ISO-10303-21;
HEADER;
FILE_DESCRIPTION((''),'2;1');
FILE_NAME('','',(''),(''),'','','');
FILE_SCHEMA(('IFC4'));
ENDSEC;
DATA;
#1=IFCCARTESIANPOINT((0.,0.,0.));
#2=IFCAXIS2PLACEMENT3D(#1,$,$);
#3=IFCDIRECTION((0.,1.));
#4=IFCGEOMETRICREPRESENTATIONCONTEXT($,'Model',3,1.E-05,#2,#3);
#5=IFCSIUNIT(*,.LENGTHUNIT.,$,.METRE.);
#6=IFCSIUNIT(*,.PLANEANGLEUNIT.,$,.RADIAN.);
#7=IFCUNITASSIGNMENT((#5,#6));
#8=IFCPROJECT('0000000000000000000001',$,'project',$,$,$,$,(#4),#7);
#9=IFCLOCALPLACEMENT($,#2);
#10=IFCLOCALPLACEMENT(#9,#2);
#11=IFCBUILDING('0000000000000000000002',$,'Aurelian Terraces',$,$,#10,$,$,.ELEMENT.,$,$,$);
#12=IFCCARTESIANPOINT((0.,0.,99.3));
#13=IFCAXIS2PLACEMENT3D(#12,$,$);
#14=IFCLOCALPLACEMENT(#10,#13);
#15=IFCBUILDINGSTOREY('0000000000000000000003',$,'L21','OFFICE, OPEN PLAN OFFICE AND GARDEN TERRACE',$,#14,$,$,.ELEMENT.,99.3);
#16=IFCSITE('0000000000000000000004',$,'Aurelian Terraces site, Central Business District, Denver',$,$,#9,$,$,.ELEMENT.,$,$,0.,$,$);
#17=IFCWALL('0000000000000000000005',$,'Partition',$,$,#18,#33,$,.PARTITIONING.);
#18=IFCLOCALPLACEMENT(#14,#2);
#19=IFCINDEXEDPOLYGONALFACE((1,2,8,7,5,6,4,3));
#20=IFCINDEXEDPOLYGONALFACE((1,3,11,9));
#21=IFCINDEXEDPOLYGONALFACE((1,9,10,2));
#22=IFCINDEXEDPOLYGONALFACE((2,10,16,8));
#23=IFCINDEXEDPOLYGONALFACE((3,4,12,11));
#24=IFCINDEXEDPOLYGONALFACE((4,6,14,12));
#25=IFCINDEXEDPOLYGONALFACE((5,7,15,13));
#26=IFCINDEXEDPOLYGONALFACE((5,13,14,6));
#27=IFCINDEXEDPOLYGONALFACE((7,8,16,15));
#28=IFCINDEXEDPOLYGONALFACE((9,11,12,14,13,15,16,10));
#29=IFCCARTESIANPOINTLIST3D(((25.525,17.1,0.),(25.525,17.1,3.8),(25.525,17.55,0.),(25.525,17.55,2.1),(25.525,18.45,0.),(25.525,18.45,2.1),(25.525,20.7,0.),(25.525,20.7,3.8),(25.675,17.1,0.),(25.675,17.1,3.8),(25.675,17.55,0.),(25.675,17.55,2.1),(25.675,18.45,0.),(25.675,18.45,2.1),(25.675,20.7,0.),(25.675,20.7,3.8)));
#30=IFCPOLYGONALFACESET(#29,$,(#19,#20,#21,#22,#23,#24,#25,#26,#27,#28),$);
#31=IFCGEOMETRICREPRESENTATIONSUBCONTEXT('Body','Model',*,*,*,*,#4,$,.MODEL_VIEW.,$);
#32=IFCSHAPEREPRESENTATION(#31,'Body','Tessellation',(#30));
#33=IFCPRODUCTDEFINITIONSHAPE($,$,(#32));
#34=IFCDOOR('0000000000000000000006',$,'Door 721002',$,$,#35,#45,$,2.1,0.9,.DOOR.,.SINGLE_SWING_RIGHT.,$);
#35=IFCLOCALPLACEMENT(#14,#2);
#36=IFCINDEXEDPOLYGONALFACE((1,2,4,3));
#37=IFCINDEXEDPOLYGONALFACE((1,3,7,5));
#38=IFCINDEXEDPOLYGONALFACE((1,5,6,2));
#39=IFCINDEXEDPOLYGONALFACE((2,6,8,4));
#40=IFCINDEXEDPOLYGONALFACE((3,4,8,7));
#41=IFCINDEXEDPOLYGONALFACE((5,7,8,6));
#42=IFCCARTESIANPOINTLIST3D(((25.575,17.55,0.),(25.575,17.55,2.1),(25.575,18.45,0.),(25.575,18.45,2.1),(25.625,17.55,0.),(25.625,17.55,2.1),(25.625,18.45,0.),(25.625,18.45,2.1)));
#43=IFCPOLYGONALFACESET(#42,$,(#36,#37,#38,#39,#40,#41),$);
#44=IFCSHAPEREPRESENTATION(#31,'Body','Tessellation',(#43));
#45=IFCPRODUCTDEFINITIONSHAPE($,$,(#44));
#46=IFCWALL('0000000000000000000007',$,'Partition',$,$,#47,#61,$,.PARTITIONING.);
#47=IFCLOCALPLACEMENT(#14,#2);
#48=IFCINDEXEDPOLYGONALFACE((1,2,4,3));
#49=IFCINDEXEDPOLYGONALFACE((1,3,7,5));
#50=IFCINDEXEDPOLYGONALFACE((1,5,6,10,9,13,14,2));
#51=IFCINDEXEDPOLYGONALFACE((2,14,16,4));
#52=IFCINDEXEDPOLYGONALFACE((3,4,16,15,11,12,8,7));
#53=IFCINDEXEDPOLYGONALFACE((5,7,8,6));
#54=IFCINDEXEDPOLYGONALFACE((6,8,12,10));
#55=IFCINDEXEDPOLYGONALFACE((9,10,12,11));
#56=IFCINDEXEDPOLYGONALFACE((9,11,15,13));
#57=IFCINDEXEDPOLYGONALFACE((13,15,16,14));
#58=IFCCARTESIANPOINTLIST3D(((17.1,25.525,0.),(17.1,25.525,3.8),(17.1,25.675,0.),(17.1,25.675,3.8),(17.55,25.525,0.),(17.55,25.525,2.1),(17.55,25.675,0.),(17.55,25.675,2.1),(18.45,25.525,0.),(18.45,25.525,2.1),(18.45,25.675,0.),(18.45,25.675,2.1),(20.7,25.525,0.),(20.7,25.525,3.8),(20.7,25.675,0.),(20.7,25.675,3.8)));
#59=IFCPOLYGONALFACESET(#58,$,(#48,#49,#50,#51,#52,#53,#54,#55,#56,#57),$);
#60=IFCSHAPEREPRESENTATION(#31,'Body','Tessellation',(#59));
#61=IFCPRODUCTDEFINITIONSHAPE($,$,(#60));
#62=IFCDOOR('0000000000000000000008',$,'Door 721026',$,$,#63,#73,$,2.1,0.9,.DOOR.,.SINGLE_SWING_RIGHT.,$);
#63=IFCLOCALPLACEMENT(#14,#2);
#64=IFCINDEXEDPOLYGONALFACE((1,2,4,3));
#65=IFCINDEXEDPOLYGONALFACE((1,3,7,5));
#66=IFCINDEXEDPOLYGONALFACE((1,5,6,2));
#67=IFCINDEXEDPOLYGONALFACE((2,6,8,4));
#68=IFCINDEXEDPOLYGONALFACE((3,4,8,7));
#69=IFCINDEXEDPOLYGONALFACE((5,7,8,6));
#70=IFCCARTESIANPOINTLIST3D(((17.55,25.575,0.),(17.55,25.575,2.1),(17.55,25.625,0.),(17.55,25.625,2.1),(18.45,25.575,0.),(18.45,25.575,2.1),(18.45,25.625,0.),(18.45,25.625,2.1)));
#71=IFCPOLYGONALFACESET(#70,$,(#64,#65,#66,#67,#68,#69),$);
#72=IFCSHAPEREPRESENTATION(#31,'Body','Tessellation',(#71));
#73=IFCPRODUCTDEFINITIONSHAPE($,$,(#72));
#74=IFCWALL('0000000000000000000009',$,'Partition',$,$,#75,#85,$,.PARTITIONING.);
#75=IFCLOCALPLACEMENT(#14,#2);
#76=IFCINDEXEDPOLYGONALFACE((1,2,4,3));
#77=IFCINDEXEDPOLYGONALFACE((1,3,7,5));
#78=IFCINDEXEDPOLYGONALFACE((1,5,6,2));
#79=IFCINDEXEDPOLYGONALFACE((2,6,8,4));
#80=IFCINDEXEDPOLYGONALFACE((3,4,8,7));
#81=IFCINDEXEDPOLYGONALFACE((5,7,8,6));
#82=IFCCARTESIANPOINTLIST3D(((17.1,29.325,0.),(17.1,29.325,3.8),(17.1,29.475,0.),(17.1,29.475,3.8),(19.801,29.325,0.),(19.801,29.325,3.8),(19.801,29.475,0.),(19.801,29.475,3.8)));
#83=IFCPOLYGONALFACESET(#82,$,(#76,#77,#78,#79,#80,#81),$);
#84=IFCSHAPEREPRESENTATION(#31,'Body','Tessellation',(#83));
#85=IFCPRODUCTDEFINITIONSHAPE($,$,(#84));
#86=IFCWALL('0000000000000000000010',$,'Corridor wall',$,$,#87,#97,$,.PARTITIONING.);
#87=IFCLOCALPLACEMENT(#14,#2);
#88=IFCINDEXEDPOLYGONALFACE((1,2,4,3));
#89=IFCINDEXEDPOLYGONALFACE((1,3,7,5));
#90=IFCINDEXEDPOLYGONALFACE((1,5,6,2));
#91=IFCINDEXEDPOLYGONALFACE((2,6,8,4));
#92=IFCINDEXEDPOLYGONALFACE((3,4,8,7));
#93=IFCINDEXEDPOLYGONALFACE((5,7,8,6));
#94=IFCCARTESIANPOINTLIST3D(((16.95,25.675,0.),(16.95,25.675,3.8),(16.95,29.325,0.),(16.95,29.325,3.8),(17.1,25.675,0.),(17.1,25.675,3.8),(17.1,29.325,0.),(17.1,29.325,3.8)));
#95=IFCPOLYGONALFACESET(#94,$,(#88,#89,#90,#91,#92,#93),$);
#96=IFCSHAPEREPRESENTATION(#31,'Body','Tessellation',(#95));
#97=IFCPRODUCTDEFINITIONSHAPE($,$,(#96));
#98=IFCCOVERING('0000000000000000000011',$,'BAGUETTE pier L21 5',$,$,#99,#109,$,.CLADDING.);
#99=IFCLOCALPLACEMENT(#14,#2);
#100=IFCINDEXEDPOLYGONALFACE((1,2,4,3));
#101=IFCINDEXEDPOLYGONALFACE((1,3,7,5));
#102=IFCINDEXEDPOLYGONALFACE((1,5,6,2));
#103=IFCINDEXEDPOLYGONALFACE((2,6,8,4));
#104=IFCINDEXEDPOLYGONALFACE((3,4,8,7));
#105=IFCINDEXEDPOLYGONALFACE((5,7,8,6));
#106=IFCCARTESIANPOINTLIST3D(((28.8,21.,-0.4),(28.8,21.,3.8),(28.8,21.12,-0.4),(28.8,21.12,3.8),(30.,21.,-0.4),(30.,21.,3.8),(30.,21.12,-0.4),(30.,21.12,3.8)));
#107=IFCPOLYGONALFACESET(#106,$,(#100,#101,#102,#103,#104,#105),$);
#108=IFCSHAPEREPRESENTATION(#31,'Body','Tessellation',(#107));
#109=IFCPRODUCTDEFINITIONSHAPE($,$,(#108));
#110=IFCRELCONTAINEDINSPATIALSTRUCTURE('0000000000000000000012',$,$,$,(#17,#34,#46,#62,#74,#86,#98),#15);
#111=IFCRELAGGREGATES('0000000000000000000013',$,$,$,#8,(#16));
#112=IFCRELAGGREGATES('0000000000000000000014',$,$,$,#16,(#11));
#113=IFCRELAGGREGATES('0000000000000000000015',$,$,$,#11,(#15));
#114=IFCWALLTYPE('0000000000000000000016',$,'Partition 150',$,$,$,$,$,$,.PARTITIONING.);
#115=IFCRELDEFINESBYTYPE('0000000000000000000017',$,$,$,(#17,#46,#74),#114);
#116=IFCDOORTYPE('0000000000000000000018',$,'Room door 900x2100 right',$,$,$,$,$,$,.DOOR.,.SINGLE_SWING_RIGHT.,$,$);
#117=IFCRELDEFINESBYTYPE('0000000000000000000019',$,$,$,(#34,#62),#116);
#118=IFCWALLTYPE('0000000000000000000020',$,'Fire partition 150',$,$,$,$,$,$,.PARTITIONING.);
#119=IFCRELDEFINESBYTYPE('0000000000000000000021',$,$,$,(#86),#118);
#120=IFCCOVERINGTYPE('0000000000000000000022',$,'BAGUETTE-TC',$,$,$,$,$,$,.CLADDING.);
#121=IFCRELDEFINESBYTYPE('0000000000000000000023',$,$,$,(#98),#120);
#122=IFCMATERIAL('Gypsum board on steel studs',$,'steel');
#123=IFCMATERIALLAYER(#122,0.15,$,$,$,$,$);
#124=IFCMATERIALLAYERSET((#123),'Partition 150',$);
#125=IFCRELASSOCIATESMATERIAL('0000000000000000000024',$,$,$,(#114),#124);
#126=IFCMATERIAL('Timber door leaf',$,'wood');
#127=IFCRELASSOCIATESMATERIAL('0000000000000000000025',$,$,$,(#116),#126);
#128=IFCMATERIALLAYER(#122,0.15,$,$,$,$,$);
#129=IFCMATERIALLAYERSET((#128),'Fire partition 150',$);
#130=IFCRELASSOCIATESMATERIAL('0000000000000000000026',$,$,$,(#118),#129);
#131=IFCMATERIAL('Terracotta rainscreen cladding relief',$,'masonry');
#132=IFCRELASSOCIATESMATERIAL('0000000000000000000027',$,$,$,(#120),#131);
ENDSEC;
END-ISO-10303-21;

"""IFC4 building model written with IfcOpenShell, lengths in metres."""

from ifc_helpers import new_model, si_unit, direction, frame, frame_2d, origin, origin_2d, place, context, subcontext, project, spatial, rectangle, extrude, source, transform, mapped, material, layer, layer_set, type_object, element, fill, save


model = new_model("IFC4")

# Units and contexts
model_context = context("Model", 3, precision=1e-05, world=origin(), true_north=direction((0.0, 1.0)))
body_context = subcontext(model_context, "Body", "Model", "MODEL_VIEW")
ifc_project = project(units=[si_unit("LENGTHUNIT", "METRE"), si_unit("PLANEANGLEUNIT", "RADIAN")], contexts=[model_context])

# Site, building, storey
site_placement = place(None, origin())
site = spatial("IfcSite", under=ifc_project, at=site_placement, Name="Aurelian Terraces site, Central Business District, Denver", CompositionType="ELEMENT", RefElevation=0.0)
building_placement = place(site_placement, origin())
building = spatial("IfcBuilding", under=site, at=building_placement, Name="Aurelian Terraces", CompositionType="ELEMENT")
storey_placement = place(building_placement, frame((0.0, 0.0, 99.3)))
storey = spatial("IfcBuildingStorey", under=building, at=storey_placement, Name="L21", Description="OFFICE, OPEN PLAN OFFICE AND GARDEN TERRACE", CompositionType="ELEMENT", Elevation=99.3)

# Walls, openings, doors
ifc_material_1 = material(Name="Gypsum board on steel studs", Category="steel")
ifc_layer_1 = layer(ifc_material_1, 0.15)
ifc_layer_set_1 = layer_set([ifc_layer_1], Name="Partition 150")
wall_type_1 = type_object("IfcWallType", Name="Partition 150", PredefinedType="PARTITIONING", material=ifc_layer_set_1)
shared_shape_1 = source(origin(), body_context, "Body", "SweptSolid", [
    extrude(rectangle(XDim=3.6, YDim=0.15, at=frame_2d((1.8, 0.0))), origin(), (0.0, 0.0, 1.0), 3.8),
])
wall_1_placement = place(storey_placement, frame((25.6, 20.7, 0.0), z_axis=(0.0, 0.0, 1.0), x_axis=(0.0, -1.0, 0.0)))
wall_1 = element("IfcWall", 1, at=wall_1_placement, inside=storey, type_object=wall_type_1, Name="Partition", PredefinedType="PARTITIONING", context=body_context, shape_type="MappedRepresentation", body=[
    mapped(shared_shape_1, transform((0.0, 0.0, 0.0), scale=1.0)),
])
shared_shape_2 = source(origin(), body_context, "Body", "SweptSolid", [
    extrude(rectangle(XDim=0.9, YDim=2.1, at=frame_2d((0.45, 1.05))), frame((0.0, 0.085, 0.0), z_axis=(0.0, -1.0, 0.0), x_axis=(1.0, 0.0, 0.0)), (0.0, 0.0, 1.0), 0.17),
])
opening_1_placement = place(wall_1_placement, frame((2.25, 0.0, 0.0)))
opening_1 = element("IfcOpeningElement", 2, at=opening_1_placement, cuts=wall_1, PredefinedType="OPENING", context=body_context, shape_type="MappedRepresentation", body=[
    mapped(shared_shape_2, transform((0.0, 0.0, 0.0), scale=1.0)),
])
ifc_material_2 = material(Name="Timber door leaf", Category="wood")
door_type = type_object("IfcDoorType", Name="Room door 900x2100 right", OperationType="SINGLE_SWING_RIGHT", PredefinedType="DOOR", material=ifc_material_2)
shared_shape_3 = source(origin(), body_context, "Body", "SweptSolid", [
    extrude(rectangle(XDim=0.9, YDim=2.1, at=frame_2d((0.45, 1.05))), frame((0.0, 0.025, 0.0), z_axis=(0.0, -1.0, 0.0), x_axis=(1.0, 0.0, 0.0)), (0.0, 0.0, 1.0), 0.05),
])
door_1_placement = place(opening_1_placement, origin())
door_1 = element("IfcDoor", 3, at=door_1_placement, inside=storey, type_object=door_type, Name="Door 721002", OperationType="SINGLE_SWING_RIGHT", OverallHeight=2.1, OverallWidth=0.9, PredefinedType="DOOR", context=body_context, shape_type="MappedRepresentation", body=[
    mapped(shared_shape_3, transform((0.0, 0.0, 0.0), scale=1.0)),
])
fill(opening_1, door_1)
wall_2_placement = place(storey_placement, frame((17.1, 25.6, 0.0), z_axis=(0.0, 0.0, 1.0), x_axis=(1.0, 0.0, 0.0)))
wall_2 = element("IfcWall", 4, at=wall_2_placement, inside=storey, type_object=wall_type_1, Name="Partition", PredefinedType="PARTITIONING", context=body_context, shape_type="MappedRepresentation", body=[
    mapped(shared_shape_1, transform((0.0, 0.0, 0.0), scale=1.0)),
])
opening_2_placement = place(wall_2_placement, frame((0.45, 0.0, 0.0)))
opening_2 = element("IfcOpeningElement", 5, at=opening_2_placement, cuts=wall_2, PredefinedType="OPENING", context=body_context, shape_type="MappedRepresentation", body=[
    mapped(shared_shape_2, transform((0.0, 0.0, 0.0), scale=1.0)),
])
door_2_placement = place(opening_2_placement, origin())
door_2 = element("IfcDoor", 6, at=door_2_placement, inside=storey, type_object=door_type, Name="Door 721026", OperationType="SINGLE_SWING_RIGHT", OverallHeight=2.1, OverallWidth=0.9, PredefinedType="DOOR", context=body_context, shape_type="MappedRepresentation", body=[
    mapped(shared_shape_3, transform((0.0, 0.0, 0.0), scale=1.0)),
])
fill(opening_2, door_2)

# Walls
shared_shape_4 = source(origin(), body_context, "Body", "SweptSolid", [
    extrude(rectangle(XDim=2.701, YDim=0.15, at=frame_2d((1.3505, 0.0))), origin(), (0.0, 0.0, 1.0), 3.8),
])
wall_3_placement = place(storey_placement, frame((19.801, 29.4, 0.0), z_axis=(0.0, 0.0, 1.0), x_axis=(-1.0, 0.0, 0.0)))
element("IfcWall", 7, at=wall_3_placement, inside=storey, type_object=wall_type_1, Name="Partition", PredefinedType="PARTITIONING", context=body_context, shape_type="MappedRepresentation", body=[
    mapped(shared_shape_4, transform((0.0, 0.0, 0.0), scale=1.0)),
])
ifc_layer_2 = layer(ifc_material_1, 0.15)
ifc_layer_set_2 = layer_set([ifc_layer_2], Name="Fire partition 150")
wall_type_2 = type_object("IfcWallType", Name="Fire partition 150", PredefinedType="PARTITIONING", material=ifc_layer_set_2)
shared_shape_5 = source(origin(), body_context, "Body", "SweptSolid", [
    extrude(rectangle(XDim=3.65, YDim=0.15, at=frame_2d((1.825, 0.0))), origin(), (0.0, 0.0, 1.0), 3.8),
])
wall_4_placement = place(storey_placement, frame((17.025, 29.325, 0.0), z_axis=(0.0, 0.0, 1.0), x_axis=(0.0, -1.0, 0.0)))
element("IfcWall", 8, at=wall_4_placement, inside=storey, type_object=wall_type_2, Name="Corridor wall", PredefinedType="PARTITIONING", context=body_context, shape_type="MappedRepresentation", body=[
    mapped(shared_shape_5, transform((0.0, 0.0, 0.0), scale=1.0)),
])

# Covering
ifc_material_3 = material(Name="Terracotta rainscreen cladding relief", Category="masonry")
covering_type = type_object("IfcCoveringType", Name="BAGUETTE-TC", PredefinedType="CLADDING", material=ifc_material_3)
shared_shape_6 = source(origin(), body_context, "Body", "SweptSolid", [
    extrude(rectangle(XDim=1.2, YDim=0.12, at=origin_2d()), origin(), (0.0, 0.0, 1.0), 4.2),
])
covering_placement = place(storey_placement, frame((29.4, 21.06, -0.4), z_axis=(0.0, 0.0, 1.0), x_axis=(1.0, 0.0, 0.0)))
element("IfcCovering", 9, at=covering_placement, inside=storey, type_object=covering_type, Name="BAGUETTE pier L21 5", PredefinedType="CLADDING", context=body_context, shape_type="MappedRepresentation", body=[
    mapped(shared_shape_6, transform((0.0, 0.0, 0.0), scale=1.0)),
])

save(model, "model.ifc")
